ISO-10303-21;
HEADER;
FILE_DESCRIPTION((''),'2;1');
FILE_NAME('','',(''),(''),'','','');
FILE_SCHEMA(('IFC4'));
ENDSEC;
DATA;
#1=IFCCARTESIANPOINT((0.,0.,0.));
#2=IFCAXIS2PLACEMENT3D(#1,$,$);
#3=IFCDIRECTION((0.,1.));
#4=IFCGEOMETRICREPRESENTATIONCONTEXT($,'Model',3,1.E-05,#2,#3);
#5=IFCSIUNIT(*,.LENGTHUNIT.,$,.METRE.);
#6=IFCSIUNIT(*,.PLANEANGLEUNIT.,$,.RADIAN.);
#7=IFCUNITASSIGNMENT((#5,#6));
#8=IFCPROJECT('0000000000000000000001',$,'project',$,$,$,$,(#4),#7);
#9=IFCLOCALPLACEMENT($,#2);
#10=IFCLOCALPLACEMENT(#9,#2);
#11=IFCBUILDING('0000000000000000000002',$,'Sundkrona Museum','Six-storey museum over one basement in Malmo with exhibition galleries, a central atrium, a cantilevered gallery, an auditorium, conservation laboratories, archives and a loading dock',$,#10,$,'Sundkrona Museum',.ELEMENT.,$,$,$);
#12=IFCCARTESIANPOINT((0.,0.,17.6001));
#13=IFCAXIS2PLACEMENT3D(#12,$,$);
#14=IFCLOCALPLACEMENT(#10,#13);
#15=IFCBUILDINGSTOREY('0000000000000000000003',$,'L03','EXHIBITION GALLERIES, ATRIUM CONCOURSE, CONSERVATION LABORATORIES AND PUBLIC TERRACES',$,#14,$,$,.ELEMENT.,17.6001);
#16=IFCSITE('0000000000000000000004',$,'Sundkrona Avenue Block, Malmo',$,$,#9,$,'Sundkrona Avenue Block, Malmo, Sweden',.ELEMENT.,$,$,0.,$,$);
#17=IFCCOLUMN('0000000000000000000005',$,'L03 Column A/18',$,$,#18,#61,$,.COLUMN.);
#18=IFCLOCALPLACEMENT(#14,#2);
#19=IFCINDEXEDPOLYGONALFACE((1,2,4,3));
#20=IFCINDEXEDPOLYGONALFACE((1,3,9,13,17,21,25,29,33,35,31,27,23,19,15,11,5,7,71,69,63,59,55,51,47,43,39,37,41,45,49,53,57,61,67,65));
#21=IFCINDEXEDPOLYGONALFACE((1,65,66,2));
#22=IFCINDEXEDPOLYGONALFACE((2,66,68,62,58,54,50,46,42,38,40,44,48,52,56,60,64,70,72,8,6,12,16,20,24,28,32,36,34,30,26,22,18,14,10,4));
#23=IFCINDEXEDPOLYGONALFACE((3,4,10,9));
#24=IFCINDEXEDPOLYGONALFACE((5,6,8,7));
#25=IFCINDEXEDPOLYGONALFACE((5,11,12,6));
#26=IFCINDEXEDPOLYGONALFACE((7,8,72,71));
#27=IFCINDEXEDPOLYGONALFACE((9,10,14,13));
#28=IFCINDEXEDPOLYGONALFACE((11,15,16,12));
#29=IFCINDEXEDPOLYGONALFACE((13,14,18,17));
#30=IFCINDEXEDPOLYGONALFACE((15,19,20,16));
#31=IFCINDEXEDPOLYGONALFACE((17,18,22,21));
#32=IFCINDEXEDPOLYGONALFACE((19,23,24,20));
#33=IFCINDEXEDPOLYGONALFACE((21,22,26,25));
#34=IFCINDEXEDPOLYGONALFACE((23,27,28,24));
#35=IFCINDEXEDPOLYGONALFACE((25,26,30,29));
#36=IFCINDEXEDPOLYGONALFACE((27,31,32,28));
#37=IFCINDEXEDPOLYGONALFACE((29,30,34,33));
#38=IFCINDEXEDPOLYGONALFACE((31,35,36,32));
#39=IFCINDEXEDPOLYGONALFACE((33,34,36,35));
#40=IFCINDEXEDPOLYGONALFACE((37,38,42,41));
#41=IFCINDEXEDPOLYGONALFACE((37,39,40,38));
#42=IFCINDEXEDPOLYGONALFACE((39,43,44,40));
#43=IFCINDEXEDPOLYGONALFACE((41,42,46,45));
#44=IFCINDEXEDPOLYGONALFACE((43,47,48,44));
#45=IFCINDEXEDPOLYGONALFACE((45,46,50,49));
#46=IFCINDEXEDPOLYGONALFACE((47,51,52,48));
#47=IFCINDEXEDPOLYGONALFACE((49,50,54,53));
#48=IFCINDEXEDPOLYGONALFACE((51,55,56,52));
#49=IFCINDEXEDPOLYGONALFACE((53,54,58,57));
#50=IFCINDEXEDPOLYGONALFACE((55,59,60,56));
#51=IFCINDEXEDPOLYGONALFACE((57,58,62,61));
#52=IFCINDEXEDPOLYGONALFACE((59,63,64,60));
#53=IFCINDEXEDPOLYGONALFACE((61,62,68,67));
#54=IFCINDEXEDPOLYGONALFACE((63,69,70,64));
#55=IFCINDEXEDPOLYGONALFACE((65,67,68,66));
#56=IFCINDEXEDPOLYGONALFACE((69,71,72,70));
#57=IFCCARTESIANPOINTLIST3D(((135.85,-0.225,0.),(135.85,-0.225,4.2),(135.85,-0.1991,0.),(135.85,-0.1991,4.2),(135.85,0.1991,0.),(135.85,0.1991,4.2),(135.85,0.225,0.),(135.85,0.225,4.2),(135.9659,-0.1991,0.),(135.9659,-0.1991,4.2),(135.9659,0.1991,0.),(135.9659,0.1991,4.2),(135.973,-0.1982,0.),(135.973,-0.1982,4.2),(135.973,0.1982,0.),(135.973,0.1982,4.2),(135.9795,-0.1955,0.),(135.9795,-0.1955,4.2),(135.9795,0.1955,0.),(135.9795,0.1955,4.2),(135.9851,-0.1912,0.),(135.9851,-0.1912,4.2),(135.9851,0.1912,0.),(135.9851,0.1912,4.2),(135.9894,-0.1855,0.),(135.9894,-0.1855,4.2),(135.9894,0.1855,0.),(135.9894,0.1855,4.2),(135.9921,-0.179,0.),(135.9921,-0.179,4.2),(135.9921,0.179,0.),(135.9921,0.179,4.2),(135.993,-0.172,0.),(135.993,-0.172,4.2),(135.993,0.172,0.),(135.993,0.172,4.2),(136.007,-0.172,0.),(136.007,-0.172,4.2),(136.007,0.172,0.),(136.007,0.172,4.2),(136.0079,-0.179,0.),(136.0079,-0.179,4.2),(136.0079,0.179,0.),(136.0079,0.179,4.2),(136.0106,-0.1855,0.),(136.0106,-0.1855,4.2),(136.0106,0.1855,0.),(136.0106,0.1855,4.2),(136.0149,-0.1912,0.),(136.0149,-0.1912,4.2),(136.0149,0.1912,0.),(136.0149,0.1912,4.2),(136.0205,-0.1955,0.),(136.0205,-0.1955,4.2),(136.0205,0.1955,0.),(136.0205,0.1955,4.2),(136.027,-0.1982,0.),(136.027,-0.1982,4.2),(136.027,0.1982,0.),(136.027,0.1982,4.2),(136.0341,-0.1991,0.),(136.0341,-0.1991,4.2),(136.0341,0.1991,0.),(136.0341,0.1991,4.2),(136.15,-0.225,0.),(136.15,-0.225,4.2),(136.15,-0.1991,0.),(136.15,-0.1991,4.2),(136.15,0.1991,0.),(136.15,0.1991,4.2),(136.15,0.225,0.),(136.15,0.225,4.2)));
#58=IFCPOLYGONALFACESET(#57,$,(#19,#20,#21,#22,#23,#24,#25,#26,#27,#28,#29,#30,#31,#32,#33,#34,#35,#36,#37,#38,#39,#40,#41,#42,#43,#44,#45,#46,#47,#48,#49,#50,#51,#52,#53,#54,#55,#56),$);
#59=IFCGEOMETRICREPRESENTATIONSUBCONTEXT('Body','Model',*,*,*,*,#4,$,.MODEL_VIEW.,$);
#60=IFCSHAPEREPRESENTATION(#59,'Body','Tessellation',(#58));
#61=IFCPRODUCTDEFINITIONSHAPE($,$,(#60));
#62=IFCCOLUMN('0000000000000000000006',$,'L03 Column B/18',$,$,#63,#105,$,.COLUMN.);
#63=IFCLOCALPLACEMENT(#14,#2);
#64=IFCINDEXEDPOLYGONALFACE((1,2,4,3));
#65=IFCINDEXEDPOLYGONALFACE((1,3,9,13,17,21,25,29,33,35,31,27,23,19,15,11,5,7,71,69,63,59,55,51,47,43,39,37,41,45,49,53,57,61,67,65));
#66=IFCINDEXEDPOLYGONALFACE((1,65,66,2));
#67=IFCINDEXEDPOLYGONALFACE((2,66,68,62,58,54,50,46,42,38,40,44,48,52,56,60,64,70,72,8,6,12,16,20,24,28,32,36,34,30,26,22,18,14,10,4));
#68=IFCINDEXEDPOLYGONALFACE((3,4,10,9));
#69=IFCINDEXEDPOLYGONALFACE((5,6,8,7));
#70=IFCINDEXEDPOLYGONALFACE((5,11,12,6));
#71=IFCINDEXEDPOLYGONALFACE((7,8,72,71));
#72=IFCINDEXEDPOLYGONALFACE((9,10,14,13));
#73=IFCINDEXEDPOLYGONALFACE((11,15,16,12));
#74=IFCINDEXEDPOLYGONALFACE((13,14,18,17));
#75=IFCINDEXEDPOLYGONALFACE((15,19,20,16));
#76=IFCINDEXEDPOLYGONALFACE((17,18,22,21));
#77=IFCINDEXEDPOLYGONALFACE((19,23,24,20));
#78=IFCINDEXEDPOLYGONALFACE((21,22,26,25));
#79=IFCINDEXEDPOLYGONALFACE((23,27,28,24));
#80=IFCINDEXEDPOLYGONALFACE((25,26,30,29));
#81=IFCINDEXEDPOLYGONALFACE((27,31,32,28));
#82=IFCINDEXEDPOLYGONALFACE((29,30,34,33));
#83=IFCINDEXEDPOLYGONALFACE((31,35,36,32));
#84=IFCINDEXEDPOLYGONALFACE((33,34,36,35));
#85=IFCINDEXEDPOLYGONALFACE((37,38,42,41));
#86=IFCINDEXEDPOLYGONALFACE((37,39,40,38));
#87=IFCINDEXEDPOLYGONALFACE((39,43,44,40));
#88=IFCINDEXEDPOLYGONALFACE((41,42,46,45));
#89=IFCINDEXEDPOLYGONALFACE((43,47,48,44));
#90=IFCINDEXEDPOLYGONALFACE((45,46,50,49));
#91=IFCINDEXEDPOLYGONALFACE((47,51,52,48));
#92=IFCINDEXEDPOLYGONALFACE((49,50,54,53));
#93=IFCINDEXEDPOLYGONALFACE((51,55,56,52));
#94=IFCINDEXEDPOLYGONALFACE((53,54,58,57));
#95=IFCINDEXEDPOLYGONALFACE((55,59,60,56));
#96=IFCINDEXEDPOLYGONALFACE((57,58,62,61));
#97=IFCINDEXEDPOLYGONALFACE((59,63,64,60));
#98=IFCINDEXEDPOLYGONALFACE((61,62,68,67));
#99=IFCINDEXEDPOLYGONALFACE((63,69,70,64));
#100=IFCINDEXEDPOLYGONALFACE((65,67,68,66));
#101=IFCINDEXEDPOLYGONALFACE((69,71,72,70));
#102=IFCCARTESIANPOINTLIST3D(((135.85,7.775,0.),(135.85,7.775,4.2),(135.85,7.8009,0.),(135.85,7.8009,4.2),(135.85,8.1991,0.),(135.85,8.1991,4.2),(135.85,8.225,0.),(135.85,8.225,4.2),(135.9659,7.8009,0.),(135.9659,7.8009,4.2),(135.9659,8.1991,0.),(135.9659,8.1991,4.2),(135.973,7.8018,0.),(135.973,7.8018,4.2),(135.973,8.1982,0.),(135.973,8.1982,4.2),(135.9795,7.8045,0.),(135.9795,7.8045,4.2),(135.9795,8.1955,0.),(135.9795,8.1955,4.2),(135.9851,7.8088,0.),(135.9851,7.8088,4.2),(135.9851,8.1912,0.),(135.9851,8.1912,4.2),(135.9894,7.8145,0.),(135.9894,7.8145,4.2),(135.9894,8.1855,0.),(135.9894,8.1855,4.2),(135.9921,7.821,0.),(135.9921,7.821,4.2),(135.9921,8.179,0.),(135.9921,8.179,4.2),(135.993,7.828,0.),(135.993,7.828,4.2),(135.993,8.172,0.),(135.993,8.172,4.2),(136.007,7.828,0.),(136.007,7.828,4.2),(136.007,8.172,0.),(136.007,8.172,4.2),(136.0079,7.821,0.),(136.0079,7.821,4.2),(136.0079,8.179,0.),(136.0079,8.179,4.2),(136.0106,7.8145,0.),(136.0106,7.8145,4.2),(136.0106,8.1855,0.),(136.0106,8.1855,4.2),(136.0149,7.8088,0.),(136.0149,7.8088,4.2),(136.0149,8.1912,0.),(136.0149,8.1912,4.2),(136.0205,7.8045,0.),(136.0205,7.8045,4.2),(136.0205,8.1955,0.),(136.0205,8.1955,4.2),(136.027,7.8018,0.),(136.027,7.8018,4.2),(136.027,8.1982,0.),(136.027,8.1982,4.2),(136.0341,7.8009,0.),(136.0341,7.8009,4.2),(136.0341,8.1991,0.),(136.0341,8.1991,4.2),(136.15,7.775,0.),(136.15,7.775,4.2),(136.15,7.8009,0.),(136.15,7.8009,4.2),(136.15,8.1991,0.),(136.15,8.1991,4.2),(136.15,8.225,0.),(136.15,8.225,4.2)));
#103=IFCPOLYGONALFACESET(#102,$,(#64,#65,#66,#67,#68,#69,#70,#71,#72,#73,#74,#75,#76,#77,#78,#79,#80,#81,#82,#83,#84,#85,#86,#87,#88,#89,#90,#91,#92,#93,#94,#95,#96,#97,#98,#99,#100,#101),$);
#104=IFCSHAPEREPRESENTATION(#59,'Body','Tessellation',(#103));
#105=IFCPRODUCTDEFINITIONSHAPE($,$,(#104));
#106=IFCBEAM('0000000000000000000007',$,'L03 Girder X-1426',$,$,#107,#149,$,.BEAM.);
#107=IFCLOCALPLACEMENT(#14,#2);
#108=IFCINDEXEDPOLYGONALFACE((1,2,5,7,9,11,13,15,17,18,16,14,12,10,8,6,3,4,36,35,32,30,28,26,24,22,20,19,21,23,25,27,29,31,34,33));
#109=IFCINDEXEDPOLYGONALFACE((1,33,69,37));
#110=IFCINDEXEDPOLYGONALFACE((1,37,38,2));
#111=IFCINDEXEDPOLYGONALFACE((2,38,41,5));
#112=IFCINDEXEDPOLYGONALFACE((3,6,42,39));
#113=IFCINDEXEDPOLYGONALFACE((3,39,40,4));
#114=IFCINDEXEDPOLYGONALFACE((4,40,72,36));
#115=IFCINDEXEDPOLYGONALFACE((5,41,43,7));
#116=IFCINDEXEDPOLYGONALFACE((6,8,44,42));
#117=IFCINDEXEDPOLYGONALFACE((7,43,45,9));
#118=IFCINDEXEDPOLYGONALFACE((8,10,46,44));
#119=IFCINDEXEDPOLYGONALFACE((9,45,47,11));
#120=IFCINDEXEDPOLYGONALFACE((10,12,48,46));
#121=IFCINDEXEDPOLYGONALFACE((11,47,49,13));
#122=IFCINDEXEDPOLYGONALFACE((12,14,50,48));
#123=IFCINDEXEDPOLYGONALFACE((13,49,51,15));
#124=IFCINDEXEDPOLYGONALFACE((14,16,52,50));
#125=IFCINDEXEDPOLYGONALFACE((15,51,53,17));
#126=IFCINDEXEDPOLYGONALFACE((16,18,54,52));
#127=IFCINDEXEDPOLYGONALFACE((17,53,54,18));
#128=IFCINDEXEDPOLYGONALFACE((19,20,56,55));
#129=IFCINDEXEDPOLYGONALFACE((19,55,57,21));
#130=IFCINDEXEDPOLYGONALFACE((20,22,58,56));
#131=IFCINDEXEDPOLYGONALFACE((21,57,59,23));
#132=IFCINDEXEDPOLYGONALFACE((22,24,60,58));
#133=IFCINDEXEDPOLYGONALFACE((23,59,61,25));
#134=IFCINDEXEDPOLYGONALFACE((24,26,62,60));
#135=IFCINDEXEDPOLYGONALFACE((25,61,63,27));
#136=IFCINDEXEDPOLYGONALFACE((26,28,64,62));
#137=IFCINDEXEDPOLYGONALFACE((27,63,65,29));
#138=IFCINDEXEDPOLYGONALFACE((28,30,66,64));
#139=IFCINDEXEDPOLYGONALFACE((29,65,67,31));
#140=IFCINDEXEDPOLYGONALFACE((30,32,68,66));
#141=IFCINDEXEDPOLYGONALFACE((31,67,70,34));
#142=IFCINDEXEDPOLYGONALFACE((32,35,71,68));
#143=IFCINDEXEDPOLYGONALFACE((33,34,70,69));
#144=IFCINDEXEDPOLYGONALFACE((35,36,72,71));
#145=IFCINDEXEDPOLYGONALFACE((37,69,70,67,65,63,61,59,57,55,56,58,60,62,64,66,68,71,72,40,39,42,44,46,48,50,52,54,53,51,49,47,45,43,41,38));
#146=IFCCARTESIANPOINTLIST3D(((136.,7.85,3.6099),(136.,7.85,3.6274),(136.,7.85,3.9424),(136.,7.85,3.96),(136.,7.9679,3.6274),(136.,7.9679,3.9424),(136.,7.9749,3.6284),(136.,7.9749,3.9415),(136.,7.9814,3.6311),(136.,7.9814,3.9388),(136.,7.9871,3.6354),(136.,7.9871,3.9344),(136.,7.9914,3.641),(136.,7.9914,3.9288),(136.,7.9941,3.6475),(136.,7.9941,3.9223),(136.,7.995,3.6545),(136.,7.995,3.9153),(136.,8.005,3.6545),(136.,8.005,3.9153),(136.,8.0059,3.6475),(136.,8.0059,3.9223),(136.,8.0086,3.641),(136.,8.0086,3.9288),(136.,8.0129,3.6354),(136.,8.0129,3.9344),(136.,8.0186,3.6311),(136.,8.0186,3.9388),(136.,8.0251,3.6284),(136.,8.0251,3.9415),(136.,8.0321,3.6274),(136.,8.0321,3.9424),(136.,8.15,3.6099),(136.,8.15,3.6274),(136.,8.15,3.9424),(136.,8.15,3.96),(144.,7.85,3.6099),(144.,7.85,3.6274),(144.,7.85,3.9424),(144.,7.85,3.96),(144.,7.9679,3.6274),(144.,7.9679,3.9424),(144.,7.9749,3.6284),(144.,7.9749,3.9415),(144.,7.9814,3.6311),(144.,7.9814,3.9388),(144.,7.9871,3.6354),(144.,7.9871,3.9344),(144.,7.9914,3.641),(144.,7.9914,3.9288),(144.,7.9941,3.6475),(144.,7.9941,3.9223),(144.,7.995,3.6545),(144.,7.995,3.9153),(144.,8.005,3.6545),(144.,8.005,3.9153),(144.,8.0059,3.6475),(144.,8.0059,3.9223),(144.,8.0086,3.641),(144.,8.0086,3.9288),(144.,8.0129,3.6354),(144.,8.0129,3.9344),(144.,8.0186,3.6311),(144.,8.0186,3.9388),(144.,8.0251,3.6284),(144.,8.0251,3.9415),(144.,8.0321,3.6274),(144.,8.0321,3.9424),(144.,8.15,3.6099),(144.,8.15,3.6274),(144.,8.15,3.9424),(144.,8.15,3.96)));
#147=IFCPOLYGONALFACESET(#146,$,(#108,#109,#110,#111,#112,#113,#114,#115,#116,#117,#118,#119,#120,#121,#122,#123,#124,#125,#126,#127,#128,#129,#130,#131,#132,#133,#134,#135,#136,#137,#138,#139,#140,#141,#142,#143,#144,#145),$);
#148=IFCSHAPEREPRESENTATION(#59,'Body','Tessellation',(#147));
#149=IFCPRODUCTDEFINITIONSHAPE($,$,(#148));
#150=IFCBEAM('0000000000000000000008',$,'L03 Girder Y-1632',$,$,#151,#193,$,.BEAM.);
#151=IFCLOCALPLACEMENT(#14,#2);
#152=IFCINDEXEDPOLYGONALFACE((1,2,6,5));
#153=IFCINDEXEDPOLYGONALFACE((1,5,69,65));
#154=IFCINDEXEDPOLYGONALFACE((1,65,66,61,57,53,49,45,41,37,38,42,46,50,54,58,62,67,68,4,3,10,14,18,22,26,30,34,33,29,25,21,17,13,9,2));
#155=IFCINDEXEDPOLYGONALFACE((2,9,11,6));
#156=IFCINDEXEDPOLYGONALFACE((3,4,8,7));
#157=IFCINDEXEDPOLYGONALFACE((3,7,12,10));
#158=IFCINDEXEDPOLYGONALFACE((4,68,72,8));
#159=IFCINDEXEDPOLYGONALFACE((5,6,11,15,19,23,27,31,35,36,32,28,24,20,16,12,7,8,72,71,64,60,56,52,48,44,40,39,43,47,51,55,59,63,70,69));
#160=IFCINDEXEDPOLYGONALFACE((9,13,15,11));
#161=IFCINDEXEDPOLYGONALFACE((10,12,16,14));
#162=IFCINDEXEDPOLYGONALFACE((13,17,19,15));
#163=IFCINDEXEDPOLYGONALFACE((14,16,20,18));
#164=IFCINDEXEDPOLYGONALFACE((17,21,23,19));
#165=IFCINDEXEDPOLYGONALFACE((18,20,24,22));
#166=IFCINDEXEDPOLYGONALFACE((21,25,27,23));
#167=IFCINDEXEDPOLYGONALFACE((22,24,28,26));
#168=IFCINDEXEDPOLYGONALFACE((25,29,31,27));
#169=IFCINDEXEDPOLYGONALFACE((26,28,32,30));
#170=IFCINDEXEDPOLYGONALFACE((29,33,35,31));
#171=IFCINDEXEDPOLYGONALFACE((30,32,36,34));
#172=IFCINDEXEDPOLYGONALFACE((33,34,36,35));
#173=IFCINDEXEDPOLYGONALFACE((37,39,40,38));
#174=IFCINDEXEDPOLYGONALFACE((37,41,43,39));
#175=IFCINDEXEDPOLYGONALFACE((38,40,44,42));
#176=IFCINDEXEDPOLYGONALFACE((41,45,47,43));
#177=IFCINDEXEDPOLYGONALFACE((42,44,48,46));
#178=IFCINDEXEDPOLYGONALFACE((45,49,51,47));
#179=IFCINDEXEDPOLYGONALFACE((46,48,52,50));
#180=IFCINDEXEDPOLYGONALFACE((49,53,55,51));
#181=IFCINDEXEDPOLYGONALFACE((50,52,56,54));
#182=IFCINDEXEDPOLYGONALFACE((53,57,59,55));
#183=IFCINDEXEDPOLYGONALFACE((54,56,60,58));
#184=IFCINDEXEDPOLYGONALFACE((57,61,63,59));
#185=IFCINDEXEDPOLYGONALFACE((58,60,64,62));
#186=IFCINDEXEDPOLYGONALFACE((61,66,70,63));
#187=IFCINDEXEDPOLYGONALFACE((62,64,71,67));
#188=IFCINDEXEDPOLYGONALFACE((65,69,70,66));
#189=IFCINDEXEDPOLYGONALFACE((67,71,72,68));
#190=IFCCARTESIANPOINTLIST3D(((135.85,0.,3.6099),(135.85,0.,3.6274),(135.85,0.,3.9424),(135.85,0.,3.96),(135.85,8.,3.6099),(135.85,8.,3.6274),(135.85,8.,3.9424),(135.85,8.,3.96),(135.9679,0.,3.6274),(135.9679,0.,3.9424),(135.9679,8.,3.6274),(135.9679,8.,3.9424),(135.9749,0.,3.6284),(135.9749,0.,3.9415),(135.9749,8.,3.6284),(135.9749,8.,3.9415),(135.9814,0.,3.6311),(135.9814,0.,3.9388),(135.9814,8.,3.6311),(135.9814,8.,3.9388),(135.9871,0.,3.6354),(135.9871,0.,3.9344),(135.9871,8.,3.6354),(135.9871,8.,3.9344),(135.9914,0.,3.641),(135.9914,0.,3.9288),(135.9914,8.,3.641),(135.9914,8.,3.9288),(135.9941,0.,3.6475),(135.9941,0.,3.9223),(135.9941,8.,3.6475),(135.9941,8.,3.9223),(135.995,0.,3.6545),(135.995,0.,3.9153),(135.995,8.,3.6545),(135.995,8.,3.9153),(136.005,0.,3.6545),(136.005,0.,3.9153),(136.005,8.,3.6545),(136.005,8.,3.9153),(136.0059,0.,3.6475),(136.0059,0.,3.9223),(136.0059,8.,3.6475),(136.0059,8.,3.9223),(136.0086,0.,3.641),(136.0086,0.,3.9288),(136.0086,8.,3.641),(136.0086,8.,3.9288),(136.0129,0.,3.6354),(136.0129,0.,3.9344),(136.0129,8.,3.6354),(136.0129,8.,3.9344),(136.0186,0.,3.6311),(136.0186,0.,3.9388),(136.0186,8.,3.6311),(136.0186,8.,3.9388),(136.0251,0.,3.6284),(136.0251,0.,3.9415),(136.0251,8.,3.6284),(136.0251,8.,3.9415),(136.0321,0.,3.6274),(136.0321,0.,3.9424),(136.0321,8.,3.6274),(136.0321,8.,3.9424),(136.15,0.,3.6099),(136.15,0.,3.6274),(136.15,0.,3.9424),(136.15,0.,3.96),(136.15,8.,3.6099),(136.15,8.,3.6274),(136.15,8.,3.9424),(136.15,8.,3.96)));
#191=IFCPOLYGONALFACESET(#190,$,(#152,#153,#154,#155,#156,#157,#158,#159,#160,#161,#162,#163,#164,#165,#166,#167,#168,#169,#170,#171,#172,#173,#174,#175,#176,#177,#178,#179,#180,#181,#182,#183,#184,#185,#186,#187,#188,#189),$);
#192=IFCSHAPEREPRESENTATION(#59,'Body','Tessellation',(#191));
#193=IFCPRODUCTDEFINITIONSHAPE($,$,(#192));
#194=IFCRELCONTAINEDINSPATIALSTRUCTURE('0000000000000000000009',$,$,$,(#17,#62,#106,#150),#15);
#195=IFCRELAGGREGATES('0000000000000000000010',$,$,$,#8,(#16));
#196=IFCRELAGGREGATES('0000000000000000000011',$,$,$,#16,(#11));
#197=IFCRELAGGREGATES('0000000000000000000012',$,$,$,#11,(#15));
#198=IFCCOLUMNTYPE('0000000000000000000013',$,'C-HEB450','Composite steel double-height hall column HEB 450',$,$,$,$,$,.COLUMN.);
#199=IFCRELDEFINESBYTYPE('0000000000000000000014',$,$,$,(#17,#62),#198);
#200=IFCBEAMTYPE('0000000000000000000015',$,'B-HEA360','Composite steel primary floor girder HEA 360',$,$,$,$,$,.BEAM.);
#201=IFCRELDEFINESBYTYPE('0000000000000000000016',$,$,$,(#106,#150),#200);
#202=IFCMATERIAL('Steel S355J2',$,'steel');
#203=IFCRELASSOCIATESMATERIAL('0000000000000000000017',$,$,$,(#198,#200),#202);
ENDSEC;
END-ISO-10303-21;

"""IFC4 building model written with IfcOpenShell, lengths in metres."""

from ifc_helpers import new_model, si_unit, direction, frame, origin, origin_2d, place, context, subcontext, project, spatial, i_section, extrude, material, material_profile, profile_set, type_object, element, save


model = new_model("IFC4")

# Units and contexts
model_context = context("Model", 3, precision=1e-05, world=origin(), true_north=direction((0.0, 1.0)))
body_context = subcontext(model_context, "Body", "Model", "MODEL_VIEW")
ifc_project = project(units=[si_unit("LENGTHUNIT", "METRE"), si_unit("PLANEANGLEUNIT", "RADIAN")], contexts=[model_context])

# Site, building, storey
site_placement = place(None, origin())
site = spatial("IfcSite", under=ifc_project, at=site_placement, Name="Sundkrona Avenue Block, Malmo", LongName="Sundkrona Avenue Block, Malmo, Sweden", CompositionType="ELEMENT", RefElevation=0.0)
building_placement = place(site_placement, origin())
building = spatial("IfcBuilding", under=site, at=building_placement, Name="Sundkrona Museum", Description="Six-storey museum over one basement in Malmo with exhibition galleries, a central atrium, a cantilevered gallery, an auditorium, conservation laboratories, archives and a loading dock", LongName="Sundkrona Museum", CompositionType="ELEMENT")
storey_placement = place(building_placement, frame((0.0, 0.0, 17.6001)))
storey = spatial("IfcBuildingStorey", under=building, at=storey_placement, Name="L03", Description="EXHIBITION GALLERIES, ATRIUM CONCOURSE, CONSERVATION LABORATORIES AND PUBLIC TERRACES", CompositionType="ELEMENT", Elevation=17.6001)

# Columns
ifc_material_1 = material(Name="Steel S355J2", Category="steel")
ifc_material_profile_1 = material_profile(ifc_material_1, i_section(OverallWidth=0.3, OverallDepth=0.45, WebThickness=0.0139, FlangeThickness=0.0259, FilletRadius=0.0271, at=origin_2d()), Name="HEB 450")
ifc_profile_set_1 = profile_set([ifc_material_profile_1], Name="Steel S355J2")
column_type = type_object("IfcColumnType", Name="C-HEB450", Description="Composite steel double-height hall column HEB 450", PredefinedType="COLUMN", material=ifc_profile_set_1)
for number, where, z_axis, x_axis, name in (
    (1, (136.0, 0.0, 0.0), (0.0, 0.0, 1.0), (1.0, 0.0, 0.0), "L03 Column A/18"),
    (2, (136.0, 8.0, 0.0), (0.0, 0.0, 1.0), (1.0, 0.0, 0.0), "L03 Column B/18"),
):
    element("IfcColumn", number, at=place(storey_placement, frame(where, z_axis=z_axis, x_axis=x_axis)), inside=storey, type_object=column_type, Name=name, PredefinedType="COLUMN", context=body_context, shape_type="SweptSolid", body=[
        extrude(i_section(OverallWidth=0.3, OverallDepth=0.45, WebThickness=0.0139, FlangeThickness=0.0259, FilletRadius=0.0271, at=origin_2d()), origin(), (0.0, 0.0, 1.0), 4.2),
    ])

# Beams
ifc_material_profile_2 = material_profile(ifc_material_1, i_section(OverallWidth=0.3, OverallDepth=0.3501, WebThickness=0.01, FlangeThickness=0.0176, FilletRadius=0.0271, at=origin_2d()), Name="HEA 360")
ifc_profile_set_2 = profile_set([ifc_material_profile_2], Name="Steel S355J2")
beam_type_1 = type_object("IfcBeamType", Name="B-HEA360", Description="Composite steel primary floor girder HEA 360", PredefinedType="BEAM", material=ifc_profile_set_2)
for number, where, z_axis, x_axis, name in (
    (3, (136.0, 8.0, 3.7849), (1.0, 0.0, 0.0), (0.0, 1.0, 0.0), "L03 Girder X-1426"),
    (4, (136.0, 0.0, 3.7849), (0.0, 1.0, 0.0), (-1.0, 0.0, 0.0), "L03 Girder Y-1632"),
):
    element("IfcBeam", number, at=place(storey_placement, frame(where, z_axis=z_axis, x_axis=x_axis)), inside=storey, type_object=beam_type_1, Name=name, PredefinedType="BEAM", context=body_context, shape_type="SweptSolid", body=[
        extrude(i_section(OverallWidth=0.3, OverallDepth=0.3501, WebThickness=0.01, FlangeThickness=0.0176, FilletRadius=0.0271, at=origin_2d()), origin(), (0.0, 0.0, 1.0), 8.0),
    ])

save(model, "model.ifc")
